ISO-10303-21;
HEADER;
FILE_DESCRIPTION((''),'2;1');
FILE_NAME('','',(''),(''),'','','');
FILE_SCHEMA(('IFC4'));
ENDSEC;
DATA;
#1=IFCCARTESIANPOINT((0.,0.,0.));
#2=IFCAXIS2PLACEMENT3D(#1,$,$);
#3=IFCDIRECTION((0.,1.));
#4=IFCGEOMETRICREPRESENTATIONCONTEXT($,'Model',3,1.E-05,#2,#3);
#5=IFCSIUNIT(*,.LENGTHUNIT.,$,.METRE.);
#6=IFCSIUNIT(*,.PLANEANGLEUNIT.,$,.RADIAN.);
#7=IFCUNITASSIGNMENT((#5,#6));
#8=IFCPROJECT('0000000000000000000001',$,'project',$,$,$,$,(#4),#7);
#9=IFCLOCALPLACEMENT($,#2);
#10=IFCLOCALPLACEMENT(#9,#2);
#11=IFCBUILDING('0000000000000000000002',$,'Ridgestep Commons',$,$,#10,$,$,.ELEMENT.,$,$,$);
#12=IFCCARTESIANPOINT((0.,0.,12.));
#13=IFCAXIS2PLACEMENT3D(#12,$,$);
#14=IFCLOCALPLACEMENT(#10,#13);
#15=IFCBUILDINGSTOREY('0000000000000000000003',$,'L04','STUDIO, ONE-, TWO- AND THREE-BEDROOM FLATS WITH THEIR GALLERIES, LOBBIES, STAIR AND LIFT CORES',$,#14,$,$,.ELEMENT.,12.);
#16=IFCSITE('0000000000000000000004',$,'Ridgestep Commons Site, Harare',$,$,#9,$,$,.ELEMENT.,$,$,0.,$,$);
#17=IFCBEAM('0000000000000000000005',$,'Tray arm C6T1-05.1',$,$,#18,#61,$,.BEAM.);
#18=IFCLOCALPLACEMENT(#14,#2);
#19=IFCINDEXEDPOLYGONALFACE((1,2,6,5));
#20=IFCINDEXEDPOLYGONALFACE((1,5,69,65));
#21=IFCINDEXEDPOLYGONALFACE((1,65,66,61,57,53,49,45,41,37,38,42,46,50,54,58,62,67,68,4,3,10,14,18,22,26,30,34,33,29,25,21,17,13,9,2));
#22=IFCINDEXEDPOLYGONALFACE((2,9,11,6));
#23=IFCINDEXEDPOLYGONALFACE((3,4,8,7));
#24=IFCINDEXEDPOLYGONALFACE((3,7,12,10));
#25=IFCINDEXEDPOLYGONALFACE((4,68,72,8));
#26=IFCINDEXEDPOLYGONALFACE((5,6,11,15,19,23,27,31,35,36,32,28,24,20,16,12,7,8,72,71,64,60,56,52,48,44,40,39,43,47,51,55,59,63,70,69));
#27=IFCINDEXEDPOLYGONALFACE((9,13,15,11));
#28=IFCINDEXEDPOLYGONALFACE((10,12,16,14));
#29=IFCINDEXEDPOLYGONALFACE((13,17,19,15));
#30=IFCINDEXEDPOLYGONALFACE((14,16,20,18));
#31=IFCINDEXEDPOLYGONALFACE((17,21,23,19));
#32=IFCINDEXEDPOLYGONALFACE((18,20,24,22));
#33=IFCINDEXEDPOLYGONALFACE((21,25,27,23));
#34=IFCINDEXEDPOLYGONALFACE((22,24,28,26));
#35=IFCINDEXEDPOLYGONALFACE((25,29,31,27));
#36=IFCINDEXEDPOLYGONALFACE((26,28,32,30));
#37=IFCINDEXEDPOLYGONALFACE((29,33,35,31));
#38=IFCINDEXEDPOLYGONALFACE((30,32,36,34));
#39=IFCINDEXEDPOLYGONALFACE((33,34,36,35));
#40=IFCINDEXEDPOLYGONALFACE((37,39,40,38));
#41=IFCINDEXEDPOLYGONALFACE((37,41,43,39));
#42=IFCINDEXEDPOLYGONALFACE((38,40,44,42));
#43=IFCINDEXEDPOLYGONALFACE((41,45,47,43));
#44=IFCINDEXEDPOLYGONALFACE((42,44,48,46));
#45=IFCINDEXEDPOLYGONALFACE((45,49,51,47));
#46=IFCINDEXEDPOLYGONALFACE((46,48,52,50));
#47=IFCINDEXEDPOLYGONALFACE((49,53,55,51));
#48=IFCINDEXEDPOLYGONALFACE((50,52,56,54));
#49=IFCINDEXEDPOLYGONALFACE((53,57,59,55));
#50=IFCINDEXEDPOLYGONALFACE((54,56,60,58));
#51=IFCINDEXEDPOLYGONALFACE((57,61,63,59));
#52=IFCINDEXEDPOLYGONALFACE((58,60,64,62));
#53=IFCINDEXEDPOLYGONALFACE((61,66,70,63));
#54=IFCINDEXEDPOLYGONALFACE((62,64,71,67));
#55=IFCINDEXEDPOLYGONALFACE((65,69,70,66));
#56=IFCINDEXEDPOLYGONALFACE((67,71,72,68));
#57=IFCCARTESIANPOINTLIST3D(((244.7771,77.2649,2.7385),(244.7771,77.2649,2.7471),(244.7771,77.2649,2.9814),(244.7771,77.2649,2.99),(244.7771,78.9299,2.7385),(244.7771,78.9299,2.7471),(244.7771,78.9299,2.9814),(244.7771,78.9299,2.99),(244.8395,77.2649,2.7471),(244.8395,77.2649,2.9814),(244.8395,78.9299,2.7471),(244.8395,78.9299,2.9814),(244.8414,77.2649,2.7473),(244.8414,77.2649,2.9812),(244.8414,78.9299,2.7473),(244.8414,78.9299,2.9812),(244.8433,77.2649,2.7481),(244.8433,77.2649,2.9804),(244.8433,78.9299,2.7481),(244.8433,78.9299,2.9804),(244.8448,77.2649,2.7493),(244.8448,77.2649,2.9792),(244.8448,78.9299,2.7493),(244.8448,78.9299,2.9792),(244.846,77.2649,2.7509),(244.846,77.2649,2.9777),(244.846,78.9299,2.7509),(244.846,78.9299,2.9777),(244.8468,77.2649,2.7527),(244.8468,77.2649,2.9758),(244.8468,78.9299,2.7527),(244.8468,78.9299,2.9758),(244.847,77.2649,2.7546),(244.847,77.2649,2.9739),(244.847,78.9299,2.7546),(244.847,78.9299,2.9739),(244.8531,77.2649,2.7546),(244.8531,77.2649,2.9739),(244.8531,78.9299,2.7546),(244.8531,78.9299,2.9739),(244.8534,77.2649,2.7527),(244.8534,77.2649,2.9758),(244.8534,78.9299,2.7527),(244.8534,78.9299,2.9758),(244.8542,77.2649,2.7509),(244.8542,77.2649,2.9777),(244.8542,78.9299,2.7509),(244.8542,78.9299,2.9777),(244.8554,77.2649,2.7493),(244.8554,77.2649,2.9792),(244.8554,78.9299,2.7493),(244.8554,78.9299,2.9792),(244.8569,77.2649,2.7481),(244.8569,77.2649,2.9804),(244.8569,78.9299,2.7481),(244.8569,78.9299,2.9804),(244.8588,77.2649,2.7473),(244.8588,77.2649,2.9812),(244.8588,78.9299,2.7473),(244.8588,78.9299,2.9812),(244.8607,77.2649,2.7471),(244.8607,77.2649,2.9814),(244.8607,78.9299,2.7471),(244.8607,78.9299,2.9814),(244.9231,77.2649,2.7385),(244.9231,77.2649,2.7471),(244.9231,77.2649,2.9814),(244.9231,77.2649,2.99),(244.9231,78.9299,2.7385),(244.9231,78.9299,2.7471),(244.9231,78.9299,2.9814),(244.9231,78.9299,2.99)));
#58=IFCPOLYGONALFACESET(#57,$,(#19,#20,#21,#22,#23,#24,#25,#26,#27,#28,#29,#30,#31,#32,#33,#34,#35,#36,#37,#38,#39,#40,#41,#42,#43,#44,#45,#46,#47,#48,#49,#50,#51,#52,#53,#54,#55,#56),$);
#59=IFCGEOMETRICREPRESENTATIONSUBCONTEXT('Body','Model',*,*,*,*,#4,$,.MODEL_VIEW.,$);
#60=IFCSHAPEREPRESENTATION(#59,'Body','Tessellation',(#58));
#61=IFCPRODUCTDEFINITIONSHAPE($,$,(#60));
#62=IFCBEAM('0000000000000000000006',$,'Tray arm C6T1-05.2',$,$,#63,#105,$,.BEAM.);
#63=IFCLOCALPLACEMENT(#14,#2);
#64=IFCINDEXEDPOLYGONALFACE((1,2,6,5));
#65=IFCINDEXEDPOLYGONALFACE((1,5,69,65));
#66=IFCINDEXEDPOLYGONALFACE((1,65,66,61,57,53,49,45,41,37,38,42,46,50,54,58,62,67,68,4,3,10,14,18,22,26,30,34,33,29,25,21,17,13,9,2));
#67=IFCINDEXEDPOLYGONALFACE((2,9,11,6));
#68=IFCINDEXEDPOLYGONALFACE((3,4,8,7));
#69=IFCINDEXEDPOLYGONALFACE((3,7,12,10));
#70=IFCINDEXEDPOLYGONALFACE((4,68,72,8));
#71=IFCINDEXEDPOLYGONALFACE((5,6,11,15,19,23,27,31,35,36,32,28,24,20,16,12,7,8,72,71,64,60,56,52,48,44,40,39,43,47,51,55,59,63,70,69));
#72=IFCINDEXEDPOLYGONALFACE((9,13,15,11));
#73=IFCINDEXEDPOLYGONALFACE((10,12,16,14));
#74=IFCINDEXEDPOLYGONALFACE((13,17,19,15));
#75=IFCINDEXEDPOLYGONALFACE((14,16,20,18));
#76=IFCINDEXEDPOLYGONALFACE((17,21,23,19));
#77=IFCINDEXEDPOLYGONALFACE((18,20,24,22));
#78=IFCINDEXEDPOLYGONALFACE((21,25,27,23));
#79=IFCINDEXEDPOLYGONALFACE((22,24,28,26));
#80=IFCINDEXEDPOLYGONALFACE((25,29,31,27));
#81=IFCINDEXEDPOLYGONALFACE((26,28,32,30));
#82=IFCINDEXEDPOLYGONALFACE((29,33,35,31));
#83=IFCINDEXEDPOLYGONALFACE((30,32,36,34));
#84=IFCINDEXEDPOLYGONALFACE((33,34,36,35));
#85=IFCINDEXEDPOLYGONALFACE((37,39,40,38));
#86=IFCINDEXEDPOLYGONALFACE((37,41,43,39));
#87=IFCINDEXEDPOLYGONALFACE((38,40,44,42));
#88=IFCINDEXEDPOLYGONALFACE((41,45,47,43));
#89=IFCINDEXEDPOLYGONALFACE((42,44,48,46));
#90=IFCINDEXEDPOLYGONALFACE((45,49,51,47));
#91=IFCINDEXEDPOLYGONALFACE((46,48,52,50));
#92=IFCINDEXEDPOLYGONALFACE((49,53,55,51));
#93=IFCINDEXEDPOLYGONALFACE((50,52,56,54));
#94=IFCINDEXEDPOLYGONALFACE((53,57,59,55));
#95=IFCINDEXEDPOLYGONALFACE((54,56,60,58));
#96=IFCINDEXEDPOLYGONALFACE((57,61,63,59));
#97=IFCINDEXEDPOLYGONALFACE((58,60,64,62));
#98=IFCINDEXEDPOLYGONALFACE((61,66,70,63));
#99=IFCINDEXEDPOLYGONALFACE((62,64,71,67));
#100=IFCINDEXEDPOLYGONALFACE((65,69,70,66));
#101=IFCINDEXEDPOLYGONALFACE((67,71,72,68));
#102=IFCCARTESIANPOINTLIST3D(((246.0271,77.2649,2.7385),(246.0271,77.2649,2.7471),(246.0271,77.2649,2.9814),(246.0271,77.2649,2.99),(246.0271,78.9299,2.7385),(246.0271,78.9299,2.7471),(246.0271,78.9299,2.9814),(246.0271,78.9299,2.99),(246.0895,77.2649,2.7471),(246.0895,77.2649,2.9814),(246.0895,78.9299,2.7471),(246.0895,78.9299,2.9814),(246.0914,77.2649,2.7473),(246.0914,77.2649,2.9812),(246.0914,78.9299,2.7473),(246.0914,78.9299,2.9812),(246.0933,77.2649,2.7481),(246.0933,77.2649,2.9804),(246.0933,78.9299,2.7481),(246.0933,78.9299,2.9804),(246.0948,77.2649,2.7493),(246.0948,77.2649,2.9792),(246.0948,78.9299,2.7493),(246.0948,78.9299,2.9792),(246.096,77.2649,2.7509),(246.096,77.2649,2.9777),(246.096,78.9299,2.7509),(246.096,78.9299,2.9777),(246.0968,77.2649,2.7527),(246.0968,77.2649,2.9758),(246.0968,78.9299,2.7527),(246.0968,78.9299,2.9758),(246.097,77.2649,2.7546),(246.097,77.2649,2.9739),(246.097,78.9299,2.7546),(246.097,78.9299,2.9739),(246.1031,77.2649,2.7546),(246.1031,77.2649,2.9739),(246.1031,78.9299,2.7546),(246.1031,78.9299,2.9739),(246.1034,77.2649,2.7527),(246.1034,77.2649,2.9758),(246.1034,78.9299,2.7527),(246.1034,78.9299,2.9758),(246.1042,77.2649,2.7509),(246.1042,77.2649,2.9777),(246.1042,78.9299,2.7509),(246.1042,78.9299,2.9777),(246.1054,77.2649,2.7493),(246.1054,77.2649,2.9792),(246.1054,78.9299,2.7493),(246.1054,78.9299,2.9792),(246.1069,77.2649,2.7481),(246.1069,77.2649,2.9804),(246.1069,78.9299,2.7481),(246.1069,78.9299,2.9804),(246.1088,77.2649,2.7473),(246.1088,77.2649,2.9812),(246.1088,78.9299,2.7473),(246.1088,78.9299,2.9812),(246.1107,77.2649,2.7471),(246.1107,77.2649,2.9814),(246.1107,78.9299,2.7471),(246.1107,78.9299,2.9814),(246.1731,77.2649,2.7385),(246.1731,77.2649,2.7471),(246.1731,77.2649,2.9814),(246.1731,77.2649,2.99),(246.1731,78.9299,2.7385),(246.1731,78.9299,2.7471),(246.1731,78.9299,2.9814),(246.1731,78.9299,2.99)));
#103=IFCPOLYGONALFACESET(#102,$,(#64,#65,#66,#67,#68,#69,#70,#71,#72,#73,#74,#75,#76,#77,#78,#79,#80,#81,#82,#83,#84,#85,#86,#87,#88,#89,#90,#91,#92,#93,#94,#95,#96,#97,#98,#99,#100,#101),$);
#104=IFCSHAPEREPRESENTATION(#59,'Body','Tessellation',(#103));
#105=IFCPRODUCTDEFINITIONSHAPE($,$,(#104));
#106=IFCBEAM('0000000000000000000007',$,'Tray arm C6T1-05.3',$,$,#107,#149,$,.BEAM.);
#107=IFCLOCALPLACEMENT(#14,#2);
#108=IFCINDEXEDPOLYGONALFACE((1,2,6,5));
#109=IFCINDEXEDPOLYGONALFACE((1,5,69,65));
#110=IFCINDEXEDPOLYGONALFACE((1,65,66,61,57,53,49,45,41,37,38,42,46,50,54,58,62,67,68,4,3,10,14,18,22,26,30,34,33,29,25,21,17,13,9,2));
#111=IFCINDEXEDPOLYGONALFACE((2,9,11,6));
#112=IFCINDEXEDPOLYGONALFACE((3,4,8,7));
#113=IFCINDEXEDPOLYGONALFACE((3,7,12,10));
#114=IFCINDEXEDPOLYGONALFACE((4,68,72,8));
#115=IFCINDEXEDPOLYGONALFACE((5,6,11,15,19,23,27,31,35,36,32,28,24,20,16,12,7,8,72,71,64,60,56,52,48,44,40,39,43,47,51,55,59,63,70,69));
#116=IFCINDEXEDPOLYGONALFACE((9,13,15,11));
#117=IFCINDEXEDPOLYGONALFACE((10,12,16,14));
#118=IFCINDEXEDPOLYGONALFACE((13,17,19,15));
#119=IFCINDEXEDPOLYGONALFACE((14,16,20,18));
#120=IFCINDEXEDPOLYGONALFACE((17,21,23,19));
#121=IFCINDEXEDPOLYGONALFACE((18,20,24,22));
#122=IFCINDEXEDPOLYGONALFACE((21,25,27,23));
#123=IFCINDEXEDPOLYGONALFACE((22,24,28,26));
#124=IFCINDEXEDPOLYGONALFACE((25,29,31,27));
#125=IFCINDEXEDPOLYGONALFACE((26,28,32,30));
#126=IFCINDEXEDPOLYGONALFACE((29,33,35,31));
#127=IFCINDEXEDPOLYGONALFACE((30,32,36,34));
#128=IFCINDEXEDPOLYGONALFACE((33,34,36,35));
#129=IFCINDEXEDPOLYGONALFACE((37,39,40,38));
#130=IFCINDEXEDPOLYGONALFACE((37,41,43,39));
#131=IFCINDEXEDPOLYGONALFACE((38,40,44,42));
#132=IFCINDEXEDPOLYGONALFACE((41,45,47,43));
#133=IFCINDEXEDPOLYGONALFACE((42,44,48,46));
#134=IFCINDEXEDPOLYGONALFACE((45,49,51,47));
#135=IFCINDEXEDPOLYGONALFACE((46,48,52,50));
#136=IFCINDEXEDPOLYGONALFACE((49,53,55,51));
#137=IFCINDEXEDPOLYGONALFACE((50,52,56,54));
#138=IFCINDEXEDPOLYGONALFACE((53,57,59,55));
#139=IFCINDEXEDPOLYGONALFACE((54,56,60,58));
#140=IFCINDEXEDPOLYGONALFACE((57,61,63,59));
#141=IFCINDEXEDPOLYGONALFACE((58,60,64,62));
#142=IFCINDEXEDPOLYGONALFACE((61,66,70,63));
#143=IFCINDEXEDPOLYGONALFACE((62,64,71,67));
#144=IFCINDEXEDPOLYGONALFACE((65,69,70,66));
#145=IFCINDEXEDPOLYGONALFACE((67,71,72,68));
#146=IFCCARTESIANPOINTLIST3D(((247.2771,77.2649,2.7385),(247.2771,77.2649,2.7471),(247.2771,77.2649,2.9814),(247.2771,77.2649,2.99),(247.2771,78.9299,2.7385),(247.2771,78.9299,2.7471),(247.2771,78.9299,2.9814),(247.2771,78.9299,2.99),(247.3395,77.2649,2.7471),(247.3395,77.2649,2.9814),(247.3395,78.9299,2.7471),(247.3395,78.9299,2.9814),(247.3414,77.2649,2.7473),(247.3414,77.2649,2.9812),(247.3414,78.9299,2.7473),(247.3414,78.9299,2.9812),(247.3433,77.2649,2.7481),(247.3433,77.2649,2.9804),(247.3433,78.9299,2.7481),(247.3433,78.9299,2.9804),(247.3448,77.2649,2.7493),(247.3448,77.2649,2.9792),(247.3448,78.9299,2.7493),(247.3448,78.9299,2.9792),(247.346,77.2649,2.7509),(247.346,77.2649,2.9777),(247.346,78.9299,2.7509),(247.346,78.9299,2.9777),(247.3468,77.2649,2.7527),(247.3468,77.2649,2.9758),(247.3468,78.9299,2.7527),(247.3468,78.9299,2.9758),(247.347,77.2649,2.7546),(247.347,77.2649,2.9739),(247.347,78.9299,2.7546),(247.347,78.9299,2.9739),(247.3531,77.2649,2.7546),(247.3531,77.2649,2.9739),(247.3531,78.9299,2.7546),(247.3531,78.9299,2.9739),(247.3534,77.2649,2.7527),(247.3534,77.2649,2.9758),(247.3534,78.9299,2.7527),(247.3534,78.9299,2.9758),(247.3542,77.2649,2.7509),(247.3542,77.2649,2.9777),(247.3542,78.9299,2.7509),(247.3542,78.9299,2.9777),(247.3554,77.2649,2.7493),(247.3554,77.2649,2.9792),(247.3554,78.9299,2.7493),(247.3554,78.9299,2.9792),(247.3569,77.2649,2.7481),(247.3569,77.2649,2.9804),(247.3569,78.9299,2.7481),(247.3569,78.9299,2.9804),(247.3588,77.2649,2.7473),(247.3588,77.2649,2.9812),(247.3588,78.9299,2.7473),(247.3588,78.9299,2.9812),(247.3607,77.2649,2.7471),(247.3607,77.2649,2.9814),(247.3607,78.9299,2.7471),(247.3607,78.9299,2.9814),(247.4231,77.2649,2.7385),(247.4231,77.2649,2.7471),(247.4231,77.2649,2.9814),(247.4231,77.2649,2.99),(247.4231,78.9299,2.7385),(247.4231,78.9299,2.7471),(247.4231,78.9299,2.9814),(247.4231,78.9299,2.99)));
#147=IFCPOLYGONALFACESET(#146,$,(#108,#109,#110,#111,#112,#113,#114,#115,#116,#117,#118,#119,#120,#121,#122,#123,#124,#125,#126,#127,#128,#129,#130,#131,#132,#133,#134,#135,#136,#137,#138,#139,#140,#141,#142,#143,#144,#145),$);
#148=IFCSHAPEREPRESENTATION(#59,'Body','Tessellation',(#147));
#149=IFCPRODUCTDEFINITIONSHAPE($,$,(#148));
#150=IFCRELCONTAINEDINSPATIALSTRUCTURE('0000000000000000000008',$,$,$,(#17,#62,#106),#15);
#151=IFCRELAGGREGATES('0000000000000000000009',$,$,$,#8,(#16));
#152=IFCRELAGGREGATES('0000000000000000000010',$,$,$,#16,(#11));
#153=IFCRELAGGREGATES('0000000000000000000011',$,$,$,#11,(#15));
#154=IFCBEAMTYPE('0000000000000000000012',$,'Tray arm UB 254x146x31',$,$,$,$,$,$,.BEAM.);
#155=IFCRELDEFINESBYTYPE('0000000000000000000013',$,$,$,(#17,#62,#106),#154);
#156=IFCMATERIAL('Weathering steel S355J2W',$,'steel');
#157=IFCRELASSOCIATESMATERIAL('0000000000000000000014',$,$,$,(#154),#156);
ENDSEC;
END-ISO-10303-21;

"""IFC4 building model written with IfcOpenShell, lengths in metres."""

from ifc_helpers import new_model, si_unit, direction, frame, origin, origin_2d, place, context, subcontext, project, spatial, i_section, extrude, material, material_profile, profile_set, type_object, element, save


model = new_model("IFC4")

# Units and contexts
model_context = context("Model", 3, precision=1e-05, world=origin(), true_north=direction((0.0, 1.0)))
body_context = subcontext(model_context, "Body", "Model", "MODEL_VIEW")
ifc_project = project(units=[si_unit("LENGTHUNIT", "METRE"), si_unit("PLANEANGLEUNIT", "RADIAN")], contexts=[model_context])

# Site, building, storey
site_placement = place(None, origin())
site = spatial("IfcSite", under=ifc_project, at=site_placement, Name="Ridgestep Commons Site, Harare", CompositionType="ELEMENT", RefElevation=0.0)
building_placement = place(site_placement, origin())
building = spatial("IfcBuilding", under=site, at=building_placement, Name="Ridgestep Commons", CompositionType="ELEMENT")
storey_placement = place(building_placement, frame((0.0, 0.0, 12.0)))
storey = spatial("IfcBuildingStorey", under=building, at=storey_placement, Name="L04", Description="STUDIO, ONE-, TWO- AND THREE-BEDROOM FLATS WITH THEIR GALLERIES, LOBBIES, STAIR AND LIFT CORES", CompositionType="ELEMENT", Elevation=12.0)

# Beams
ifc_material_1 = material(Name="Weathering steel S355J2W", Category="steel")
ifc_material_profile_1 = material_profile(ifc_material_1, i_section(OverallWidth=0.146, OverallDepth=0.2515, WebThickness=0.0061, FlangeThickness=0.0085, FilletRadius=0.0076, at=origin_2d()), Name="UB 254x146x31")
ifc_profile_set_1 = profile_set([ifc_material_profile_1], Name="Weathering steel S355J2W")
beam_type_1 = type_object("IfcBeamType", Name="Tray arm UB 254x146x31", PredefinedType="BEAM", material=ifc_profile_set_1)
for number, where, z_axis, x_axis, name in (
    (1, (244.8501, 77.2649, 2.8643), (0.0, 1.0, 0.0), (-1.0, 0.0, 0.0), "Tray arm C6T1-05.1"),
    (2, (246.1001, 77.2649, 2.8643), (0.0, 1.0, 0.0), (-1.0, 0.0, 0.0), "Tray arm C6T1-05.2"),
    (3, (247.3501, 77.2649, 2.8643), (0.0, 1.0, 0.0), (-1.0, 0.0, 0.0), "Tray arm C6T1-05.3"),
):
    element("IfcBeam", number, at=place(storey_placement, frame(where, z_axis=z_axis, x_axis=x_axis)), inside=storey, type_object=beam_type_1, Name=name, PredefinedType="BEAM", context=body_context, shape_type="SweptSolid", body=[
        extrude(i_section(OverallWidth=0.146, OverallDepth=0.2515, WebThickness=0.0061, FlangeThickness=0.0085, FilletRadius=0.0076, at=origin_2d()), origin(), (0.0, 0.0, 1.0), 1.665),
    ])

save(model, "model.ifc")
